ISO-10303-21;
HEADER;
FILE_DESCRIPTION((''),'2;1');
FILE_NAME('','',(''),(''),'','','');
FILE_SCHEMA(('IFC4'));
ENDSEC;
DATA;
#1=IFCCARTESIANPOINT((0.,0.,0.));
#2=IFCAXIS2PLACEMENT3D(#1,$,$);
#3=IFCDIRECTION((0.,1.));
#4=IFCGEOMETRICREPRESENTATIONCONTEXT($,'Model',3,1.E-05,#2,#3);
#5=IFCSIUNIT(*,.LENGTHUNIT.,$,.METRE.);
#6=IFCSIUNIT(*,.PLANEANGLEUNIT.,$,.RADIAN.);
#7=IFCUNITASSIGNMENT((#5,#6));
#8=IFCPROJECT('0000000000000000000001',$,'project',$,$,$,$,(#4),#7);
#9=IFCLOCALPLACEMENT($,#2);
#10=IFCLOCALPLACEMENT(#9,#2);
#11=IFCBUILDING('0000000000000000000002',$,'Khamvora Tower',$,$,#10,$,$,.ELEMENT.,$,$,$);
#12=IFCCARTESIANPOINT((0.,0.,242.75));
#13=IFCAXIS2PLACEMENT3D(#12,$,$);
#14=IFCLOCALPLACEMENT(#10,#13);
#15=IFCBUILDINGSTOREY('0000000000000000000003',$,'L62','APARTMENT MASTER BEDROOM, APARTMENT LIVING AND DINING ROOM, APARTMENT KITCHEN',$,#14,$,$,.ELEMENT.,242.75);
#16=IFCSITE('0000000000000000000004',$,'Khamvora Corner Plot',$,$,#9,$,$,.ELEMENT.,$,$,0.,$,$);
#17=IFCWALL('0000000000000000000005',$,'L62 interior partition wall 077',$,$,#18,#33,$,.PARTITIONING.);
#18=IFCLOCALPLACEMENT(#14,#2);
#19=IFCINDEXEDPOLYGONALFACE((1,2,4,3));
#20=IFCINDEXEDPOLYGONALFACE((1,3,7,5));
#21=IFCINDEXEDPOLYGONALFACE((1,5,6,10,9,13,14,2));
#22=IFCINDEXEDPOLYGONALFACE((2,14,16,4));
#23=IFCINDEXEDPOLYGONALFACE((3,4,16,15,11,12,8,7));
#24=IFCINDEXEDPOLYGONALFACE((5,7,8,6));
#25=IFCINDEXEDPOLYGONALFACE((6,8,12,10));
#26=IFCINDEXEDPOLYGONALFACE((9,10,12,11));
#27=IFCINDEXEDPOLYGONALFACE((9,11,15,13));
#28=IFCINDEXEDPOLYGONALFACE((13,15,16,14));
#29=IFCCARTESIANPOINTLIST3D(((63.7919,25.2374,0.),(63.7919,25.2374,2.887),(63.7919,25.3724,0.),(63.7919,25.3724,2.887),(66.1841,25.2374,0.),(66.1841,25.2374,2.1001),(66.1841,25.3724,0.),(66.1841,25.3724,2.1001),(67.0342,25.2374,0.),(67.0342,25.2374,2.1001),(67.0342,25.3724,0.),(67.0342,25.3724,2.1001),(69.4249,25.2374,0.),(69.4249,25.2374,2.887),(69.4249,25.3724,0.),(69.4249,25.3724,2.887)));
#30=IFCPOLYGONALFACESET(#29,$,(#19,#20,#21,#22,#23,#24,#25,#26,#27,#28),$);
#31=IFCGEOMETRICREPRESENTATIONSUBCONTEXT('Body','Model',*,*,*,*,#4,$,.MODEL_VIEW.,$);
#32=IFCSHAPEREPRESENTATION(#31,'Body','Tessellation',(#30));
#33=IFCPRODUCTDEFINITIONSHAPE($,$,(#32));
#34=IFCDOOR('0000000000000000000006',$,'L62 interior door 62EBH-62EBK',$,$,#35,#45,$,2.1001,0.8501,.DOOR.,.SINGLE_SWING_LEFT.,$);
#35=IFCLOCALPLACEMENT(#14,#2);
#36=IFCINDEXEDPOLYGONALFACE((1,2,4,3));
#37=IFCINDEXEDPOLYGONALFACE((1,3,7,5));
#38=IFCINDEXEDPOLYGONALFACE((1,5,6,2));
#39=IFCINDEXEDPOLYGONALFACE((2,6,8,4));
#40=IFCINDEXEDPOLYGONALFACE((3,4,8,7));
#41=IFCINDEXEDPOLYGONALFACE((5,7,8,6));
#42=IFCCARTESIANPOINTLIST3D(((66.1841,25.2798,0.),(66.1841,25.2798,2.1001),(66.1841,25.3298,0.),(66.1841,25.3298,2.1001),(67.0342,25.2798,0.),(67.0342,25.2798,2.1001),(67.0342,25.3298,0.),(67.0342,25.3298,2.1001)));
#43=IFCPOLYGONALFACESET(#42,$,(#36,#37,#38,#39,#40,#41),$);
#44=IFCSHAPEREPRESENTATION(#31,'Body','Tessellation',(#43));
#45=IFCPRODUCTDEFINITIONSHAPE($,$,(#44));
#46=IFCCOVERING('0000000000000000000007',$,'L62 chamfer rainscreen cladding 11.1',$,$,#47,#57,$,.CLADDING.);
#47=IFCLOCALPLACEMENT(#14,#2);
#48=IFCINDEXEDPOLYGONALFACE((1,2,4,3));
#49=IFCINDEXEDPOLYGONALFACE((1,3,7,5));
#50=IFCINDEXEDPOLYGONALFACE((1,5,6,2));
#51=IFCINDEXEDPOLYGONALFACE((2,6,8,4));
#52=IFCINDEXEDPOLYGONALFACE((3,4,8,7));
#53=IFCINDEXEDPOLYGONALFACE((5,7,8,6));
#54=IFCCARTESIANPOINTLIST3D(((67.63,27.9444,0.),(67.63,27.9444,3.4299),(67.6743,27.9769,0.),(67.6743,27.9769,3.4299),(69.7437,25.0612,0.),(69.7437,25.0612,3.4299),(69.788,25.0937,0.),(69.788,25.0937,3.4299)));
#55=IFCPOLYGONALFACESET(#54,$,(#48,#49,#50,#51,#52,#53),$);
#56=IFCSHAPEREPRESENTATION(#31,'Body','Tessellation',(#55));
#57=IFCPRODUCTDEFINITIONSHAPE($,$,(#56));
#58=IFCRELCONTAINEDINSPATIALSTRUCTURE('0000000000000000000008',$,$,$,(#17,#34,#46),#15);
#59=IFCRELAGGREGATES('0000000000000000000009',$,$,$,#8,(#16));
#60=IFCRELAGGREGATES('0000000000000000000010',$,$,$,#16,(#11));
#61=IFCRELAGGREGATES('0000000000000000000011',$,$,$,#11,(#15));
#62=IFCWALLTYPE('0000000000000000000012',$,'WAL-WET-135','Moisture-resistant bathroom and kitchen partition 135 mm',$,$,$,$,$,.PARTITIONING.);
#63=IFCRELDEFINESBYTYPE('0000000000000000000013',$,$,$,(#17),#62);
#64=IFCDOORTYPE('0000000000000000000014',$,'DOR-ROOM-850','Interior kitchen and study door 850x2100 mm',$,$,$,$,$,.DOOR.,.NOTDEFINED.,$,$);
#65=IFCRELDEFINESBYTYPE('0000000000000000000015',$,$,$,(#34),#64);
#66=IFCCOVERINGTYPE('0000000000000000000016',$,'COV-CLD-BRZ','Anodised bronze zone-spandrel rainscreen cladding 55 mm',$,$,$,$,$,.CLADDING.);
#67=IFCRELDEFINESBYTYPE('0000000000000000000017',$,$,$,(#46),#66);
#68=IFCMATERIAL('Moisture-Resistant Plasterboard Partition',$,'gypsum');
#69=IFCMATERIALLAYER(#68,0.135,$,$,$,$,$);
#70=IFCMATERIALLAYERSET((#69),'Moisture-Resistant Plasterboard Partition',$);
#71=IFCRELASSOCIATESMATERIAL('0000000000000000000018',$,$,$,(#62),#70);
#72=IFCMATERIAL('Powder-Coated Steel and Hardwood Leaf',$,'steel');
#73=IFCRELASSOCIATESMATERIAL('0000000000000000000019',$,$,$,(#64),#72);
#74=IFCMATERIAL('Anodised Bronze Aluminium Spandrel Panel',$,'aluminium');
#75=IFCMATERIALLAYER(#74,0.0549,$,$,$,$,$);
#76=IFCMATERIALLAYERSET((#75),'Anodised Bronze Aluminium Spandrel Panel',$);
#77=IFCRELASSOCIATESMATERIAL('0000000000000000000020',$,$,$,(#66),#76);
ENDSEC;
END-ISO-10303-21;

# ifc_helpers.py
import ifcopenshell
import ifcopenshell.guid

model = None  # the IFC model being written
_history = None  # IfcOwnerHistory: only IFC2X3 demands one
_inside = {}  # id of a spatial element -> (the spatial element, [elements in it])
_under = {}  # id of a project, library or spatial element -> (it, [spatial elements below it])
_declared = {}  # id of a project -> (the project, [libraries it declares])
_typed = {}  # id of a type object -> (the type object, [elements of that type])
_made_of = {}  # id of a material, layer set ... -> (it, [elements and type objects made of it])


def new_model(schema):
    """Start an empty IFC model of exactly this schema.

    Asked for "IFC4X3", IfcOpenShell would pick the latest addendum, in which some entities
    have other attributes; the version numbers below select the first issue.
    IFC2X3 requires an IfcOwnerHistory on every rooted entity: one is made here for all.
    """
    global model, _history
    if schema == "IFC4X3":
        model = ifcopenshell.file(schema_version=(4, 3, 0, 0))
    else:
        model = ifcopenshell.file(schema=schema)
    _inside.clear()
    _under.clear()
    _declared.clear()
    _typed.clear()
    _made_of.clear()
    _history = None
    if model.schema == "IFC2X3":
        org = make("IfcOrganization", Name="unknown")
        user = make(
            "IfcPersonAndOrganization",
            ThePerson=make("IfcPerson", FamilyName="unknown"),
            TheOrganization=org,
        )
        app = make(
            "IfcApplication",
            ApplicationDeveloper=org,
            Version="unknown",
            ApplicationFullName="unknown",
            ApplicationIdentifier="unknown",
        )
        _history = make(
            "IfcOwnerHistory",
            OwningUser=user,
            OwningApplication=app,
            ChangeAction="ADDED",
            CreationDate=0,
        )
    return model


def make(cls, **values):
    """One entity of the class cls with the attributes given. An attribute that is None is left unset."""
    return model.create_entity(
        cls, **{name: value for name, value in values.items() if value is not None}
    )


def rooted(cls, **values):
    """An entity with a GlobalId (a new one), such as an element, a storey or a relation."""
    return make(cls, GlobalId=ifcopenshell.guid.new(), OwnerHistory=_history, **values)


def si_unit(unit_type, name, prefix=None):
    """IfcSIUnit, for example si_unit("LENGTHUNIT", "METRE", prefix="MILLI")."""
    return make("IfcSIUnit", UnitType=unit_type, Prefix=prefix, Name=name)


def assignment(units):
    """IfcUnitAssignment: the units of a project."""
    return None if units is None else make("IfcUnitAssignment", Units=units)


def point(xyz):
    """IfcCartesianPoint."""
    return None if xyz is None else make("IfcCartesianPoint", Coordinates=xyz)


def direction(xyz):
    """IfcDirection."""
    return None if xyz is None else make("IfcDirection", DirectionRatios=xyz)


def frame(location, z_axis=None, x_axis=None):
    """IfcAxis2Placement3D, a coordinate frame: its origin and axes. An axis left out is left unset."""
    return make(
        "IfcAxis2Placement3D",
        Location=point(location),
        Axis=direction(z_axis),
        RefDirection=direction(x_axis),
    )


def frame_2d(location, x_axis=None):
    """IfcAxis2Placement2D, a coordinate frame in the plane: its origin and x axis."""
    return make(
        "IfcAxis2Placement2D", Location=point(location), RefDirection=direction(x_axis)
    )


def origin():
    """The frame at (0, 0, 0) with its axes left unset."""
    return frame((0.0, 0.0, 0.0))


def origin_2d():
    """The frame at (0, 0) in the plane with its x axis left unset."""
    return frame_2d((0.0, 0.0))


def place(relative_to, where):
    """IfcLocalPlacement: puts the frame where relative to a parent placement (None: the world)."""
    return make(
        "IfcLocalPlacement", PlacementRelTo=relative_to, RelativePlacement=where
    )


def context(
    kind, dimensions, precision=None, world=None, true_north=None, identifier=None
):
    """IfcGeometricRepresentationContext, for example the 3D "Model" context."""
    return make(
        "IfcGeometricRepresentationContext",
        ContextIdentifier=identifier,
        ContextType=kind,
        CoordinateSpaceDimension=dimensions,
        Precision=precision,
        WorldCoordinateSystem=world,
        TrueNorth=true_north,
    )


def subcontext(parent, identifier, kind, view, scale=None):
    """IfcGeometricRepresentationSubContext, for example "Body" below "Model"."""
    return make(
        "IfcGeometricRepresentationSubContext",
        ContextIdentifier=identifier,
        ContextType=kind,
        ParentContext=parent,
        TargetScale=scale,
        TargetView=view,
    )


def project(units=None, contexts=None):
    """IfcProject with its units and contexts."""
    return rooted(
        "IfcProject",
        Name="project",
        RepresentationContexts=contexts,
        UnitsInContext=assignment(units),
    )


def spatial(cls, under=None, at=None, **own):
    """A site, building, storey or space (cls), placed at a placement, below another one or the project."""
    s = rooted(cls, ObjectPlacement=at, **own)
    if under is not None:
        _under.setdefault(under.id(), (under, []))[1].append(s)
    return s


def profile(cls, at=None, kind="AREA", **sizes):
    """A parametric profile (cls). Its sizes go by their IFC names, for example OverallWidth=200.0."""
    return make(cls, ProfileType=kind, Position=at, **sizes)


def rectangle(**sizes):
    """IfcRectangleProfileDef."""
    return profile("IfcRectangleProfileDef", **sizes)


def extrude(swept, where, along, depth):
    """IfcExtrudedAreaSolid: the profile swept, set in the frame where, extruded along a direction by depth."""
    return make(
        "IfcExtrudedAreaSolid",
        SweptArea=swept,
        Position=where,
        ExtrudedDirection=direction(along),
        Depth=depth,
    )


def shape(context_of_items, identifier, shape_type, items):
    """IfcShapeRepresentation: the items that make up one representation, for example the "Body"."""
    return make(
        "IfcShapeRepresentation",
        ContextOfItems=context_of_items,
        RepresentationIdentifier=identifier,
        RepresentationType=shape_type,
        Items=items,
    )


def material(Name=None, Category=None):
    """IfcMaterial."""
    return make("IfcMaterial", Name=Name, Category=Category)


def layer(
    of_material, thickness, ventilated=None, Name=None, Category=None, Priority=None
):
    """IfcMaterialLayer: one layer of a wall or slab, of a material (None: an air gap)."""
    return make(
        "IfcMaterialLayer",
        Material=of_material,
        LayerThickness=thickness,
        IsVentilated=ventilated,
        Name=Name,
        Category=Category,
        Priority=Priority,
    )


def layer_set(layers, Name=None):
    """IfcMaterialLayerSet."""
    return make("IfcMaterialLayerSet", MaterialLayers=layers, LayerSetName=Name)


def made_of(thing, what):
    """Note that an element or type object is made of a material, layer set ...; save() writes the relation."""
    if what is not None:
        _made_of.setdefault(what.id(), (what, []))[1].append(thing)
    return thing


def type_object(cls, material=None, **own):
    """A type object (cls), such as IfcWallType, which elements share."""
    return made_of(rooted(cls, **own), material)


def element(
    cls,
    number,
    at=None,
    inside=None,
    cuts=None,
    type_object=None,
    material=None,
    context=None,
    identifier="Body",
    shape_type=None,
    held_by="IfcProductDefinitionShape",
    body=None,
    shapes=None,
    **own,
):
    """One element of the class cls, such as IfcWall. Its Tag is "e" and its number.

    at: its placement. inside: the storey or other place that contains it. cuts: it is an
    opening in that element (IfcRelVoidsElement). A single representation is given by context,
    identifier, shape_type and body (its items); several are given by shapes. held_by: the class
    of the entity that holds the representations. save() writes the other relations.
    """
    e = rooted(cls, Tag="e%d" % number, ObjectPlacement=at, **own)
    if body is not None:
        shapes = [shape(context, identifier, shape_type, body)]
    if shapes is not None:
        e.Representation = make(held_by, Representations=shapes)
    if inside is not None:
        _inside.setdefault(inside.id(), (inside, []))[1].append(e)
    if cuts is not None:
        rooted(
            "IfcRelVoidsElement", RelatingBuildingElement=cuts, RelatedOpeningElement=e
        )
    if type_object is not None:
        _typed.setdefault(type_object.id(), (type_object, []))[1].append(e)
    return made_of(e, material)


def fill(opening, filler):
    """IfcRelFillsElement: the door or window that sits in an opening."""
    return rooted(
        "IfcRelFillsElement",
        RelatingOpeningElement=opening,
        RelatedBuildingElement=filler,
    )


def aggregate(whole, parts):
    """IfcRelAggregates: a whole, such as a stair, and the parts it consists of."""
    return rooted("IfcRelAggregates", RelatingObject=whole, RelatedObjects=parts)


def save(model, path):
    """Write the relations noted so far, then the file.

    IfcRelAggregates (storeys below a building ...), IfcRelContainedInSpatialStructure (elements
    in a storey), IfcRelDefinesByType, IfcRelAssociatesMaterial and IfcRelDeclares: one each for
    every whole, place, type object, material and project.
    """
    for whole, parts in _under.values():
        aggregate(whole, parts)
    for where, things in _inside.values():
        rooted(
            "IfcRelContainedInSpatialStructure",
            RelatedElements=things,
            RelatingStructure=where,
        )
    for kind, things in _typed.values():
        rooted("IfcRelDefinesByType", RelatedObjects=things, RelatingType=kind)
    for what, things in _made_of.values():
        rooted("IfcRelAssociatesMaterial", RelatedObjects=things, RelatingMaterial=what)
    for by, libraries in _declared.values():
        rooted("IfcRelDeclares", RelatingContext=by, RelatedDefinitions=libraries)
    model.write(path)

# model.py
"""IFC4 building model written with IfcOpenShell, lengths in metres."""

from ifc_helpers import new_model, si_unit, direction, frame, frame_2d, origin, origin_2d, place, context, subcontext, project, spatial, rectangle, extrude, material, layer, layer_set, type_object, element, fill, save


model = new_model("IFC4")

# Units and contexts
model_context = context("Model", 3, precision=1e-05, world=origin(), true_north=direction((0.0, 1.0)))
body_context = subcontext(model_context, "Body", "Model", "MODEL_VIEW")
ifc_project = project(units=[si_unit("LENGTHUNIT", "METRE"), si_unit("PLANEANGLEUNIT", "RADIAN")], contexts=[model_context])

# Site, building, storey
site_placement = place(None, origin())
site = spatial("IfcSite", under=ifc_project, at=site_placement, Name="Khamvora Corner Plot", CompositionType="ELEMENT", RefElevation=0.0)
building_placement = place(site_placement, origin())
building = spatial("IfcBuilding", under=site, at=building_placement, Name="Khamvora Tower", CompositionType="ELEMENT")
storey_placement = place(building_placement, frame((0.0, 0.0, 242.75)))
storey = spatial("IfcBuildingStorey", under=building, at=storey_placement, Name="L62", Description="APARTMENT MASTER BEDROOM, APARTMENT LIVING AND DINING ROOM, APARTMENT KITCHEN", CompositionType="ELEMENT", Elevation=242.75)

# Shared definitions
ifc_material_1 = material(Name="Powder-Coated Steel and Hardwood Leaf", Category="steel")

# Shared definitions
ifc_material_2 = material(Name="Moisture-Resistant Plasterboard Partition", Category="gypsum")
ifc_layer_1 = layer(ifc_material_2, 0.135)
ifc_layer_set_1 = layer_set([ifc_layer_1], Name="Moisture-Resistant Plasterboard Partition")
wall_type_1 = type_object("IfcWallType", Name="WAL-WET-135", Description="Moisture-resistant bathroom and kitchen partition 135 mm", PredefinedType="PARTITIONING", material=ifc_layer_set_1)

# Wall, opening, door
wall_1_placement = place(storey_placement, frame((63.792, 25.3049, 0.0), z_axis=(0.0, 0.0, 1.0), x_axis=(1.0, 0.0, 0.0)))
wall_1 = element("IfcWall", 1, at=wall_1_placement, inside=storey, type_object=wall_type_1, Name="L62 interior partition wall 077", PredefinedType="PARTITIONING", context=body_context, shape_type="SweptSolid", body=[
    extrude(rectangle(XDim=5.6331, YDim=0.135, at=frame_2d((2.8164, 0.0))), origin(), (0.0, 0.0, 1.0), 2.887),
])
opening_1_placement = place(wall_1_placement, frame((2.3921, 0.0, 0.0)))
opening_1 = element("IfcOpeningElement", 2, at=opening_1_placement, cuts=wall_1, PredefinedType="OPENING", context=body_context, shape_type="SweptSolid", body=[
    extrude(rectangle(XDim=0.8501, YDim=2.1001, at=frame_2d((0.425, 1.05))), frame((0.0, 0.0774, 0.0), z_axis=(0.0, -1.0, 0.0), x_axis=(1.0, 0.0, 0.0)), (0.0, 0.0, 1.0), 0.155),
])
door_type_1 = type_object("IfcDoorType", Name="DOR-ROOM-850", Description="Interior kitchen and study door 850x2100 mm", OperationType="NOTDEFINED", PredefinedType="DOOR", material=ifc_material_1)
door_1_placement = place(opening_1_placement, origin())
door_1 = element("IfcDoor", 3, at=door_1_placement, inside=storey, type_object=door_type_1, Name="L62 interior door 62EBH-62EBK", OperationType="SINGLE_SWING_LEFT", OverallHeight=2.1001, OverallWidth=0.8501, PredefinedType="DOOR", context=body_context, shape_type="SweptSolid", body=[
    extrude(rectangle(XDim=0.8501, YDim=2.1001, at=frame_2d((0.425, 1.05))), frame((0.0, 0.0249, 0.0), z_axis=(0.0, -1.0, 0.0), x_axis=(1.0, 0.0, 0.0)), (0.0, 0.0, 1.0), 0.05),
])
fill(opening_1, door_1)

# Covering
ifc_material_3 = material(Name="Anodised Bronze Aluminium Spandrel Panel", Category="aluminium")
ifc_layer_2 = layer(ifc_material_3, 0.0549)
ifc_layer_set_2 = layer_set([ifc_layer_2], Name="Anodised Bronze Aluminium Spandrel Panel")
covering_type = type_object("IfcCoveringType", Name="COV-CLD-BRZ", Description="Anodised bronze zone-spandrel rainscreen cladding 55 mm", PredefinedType="CLADDING", material=ifc_layer_set_2)
covering_placement = place(storey_placement, frame((68.709, 26.519, 0.0), z_axis=(0.0, 0.0, 1.0), x_axis=(0.591257, -0.806483, 0.0)))
element("IfcCovering", 4, at=covering_placement, inside=storey, type_object=covering_type, Name="L62 chamfer rainscreen cladding 11.1", PredefinedType="CLADDING", context=body_context, shape_type="SweptSolid", body=[
    extrude(rectangle(XDim=3.575, YDim=0.0549, at=origin_2d()), origin(), (0.0, 0.0, 1.0), 3.4299),
])

save(model, "model.ifc")
